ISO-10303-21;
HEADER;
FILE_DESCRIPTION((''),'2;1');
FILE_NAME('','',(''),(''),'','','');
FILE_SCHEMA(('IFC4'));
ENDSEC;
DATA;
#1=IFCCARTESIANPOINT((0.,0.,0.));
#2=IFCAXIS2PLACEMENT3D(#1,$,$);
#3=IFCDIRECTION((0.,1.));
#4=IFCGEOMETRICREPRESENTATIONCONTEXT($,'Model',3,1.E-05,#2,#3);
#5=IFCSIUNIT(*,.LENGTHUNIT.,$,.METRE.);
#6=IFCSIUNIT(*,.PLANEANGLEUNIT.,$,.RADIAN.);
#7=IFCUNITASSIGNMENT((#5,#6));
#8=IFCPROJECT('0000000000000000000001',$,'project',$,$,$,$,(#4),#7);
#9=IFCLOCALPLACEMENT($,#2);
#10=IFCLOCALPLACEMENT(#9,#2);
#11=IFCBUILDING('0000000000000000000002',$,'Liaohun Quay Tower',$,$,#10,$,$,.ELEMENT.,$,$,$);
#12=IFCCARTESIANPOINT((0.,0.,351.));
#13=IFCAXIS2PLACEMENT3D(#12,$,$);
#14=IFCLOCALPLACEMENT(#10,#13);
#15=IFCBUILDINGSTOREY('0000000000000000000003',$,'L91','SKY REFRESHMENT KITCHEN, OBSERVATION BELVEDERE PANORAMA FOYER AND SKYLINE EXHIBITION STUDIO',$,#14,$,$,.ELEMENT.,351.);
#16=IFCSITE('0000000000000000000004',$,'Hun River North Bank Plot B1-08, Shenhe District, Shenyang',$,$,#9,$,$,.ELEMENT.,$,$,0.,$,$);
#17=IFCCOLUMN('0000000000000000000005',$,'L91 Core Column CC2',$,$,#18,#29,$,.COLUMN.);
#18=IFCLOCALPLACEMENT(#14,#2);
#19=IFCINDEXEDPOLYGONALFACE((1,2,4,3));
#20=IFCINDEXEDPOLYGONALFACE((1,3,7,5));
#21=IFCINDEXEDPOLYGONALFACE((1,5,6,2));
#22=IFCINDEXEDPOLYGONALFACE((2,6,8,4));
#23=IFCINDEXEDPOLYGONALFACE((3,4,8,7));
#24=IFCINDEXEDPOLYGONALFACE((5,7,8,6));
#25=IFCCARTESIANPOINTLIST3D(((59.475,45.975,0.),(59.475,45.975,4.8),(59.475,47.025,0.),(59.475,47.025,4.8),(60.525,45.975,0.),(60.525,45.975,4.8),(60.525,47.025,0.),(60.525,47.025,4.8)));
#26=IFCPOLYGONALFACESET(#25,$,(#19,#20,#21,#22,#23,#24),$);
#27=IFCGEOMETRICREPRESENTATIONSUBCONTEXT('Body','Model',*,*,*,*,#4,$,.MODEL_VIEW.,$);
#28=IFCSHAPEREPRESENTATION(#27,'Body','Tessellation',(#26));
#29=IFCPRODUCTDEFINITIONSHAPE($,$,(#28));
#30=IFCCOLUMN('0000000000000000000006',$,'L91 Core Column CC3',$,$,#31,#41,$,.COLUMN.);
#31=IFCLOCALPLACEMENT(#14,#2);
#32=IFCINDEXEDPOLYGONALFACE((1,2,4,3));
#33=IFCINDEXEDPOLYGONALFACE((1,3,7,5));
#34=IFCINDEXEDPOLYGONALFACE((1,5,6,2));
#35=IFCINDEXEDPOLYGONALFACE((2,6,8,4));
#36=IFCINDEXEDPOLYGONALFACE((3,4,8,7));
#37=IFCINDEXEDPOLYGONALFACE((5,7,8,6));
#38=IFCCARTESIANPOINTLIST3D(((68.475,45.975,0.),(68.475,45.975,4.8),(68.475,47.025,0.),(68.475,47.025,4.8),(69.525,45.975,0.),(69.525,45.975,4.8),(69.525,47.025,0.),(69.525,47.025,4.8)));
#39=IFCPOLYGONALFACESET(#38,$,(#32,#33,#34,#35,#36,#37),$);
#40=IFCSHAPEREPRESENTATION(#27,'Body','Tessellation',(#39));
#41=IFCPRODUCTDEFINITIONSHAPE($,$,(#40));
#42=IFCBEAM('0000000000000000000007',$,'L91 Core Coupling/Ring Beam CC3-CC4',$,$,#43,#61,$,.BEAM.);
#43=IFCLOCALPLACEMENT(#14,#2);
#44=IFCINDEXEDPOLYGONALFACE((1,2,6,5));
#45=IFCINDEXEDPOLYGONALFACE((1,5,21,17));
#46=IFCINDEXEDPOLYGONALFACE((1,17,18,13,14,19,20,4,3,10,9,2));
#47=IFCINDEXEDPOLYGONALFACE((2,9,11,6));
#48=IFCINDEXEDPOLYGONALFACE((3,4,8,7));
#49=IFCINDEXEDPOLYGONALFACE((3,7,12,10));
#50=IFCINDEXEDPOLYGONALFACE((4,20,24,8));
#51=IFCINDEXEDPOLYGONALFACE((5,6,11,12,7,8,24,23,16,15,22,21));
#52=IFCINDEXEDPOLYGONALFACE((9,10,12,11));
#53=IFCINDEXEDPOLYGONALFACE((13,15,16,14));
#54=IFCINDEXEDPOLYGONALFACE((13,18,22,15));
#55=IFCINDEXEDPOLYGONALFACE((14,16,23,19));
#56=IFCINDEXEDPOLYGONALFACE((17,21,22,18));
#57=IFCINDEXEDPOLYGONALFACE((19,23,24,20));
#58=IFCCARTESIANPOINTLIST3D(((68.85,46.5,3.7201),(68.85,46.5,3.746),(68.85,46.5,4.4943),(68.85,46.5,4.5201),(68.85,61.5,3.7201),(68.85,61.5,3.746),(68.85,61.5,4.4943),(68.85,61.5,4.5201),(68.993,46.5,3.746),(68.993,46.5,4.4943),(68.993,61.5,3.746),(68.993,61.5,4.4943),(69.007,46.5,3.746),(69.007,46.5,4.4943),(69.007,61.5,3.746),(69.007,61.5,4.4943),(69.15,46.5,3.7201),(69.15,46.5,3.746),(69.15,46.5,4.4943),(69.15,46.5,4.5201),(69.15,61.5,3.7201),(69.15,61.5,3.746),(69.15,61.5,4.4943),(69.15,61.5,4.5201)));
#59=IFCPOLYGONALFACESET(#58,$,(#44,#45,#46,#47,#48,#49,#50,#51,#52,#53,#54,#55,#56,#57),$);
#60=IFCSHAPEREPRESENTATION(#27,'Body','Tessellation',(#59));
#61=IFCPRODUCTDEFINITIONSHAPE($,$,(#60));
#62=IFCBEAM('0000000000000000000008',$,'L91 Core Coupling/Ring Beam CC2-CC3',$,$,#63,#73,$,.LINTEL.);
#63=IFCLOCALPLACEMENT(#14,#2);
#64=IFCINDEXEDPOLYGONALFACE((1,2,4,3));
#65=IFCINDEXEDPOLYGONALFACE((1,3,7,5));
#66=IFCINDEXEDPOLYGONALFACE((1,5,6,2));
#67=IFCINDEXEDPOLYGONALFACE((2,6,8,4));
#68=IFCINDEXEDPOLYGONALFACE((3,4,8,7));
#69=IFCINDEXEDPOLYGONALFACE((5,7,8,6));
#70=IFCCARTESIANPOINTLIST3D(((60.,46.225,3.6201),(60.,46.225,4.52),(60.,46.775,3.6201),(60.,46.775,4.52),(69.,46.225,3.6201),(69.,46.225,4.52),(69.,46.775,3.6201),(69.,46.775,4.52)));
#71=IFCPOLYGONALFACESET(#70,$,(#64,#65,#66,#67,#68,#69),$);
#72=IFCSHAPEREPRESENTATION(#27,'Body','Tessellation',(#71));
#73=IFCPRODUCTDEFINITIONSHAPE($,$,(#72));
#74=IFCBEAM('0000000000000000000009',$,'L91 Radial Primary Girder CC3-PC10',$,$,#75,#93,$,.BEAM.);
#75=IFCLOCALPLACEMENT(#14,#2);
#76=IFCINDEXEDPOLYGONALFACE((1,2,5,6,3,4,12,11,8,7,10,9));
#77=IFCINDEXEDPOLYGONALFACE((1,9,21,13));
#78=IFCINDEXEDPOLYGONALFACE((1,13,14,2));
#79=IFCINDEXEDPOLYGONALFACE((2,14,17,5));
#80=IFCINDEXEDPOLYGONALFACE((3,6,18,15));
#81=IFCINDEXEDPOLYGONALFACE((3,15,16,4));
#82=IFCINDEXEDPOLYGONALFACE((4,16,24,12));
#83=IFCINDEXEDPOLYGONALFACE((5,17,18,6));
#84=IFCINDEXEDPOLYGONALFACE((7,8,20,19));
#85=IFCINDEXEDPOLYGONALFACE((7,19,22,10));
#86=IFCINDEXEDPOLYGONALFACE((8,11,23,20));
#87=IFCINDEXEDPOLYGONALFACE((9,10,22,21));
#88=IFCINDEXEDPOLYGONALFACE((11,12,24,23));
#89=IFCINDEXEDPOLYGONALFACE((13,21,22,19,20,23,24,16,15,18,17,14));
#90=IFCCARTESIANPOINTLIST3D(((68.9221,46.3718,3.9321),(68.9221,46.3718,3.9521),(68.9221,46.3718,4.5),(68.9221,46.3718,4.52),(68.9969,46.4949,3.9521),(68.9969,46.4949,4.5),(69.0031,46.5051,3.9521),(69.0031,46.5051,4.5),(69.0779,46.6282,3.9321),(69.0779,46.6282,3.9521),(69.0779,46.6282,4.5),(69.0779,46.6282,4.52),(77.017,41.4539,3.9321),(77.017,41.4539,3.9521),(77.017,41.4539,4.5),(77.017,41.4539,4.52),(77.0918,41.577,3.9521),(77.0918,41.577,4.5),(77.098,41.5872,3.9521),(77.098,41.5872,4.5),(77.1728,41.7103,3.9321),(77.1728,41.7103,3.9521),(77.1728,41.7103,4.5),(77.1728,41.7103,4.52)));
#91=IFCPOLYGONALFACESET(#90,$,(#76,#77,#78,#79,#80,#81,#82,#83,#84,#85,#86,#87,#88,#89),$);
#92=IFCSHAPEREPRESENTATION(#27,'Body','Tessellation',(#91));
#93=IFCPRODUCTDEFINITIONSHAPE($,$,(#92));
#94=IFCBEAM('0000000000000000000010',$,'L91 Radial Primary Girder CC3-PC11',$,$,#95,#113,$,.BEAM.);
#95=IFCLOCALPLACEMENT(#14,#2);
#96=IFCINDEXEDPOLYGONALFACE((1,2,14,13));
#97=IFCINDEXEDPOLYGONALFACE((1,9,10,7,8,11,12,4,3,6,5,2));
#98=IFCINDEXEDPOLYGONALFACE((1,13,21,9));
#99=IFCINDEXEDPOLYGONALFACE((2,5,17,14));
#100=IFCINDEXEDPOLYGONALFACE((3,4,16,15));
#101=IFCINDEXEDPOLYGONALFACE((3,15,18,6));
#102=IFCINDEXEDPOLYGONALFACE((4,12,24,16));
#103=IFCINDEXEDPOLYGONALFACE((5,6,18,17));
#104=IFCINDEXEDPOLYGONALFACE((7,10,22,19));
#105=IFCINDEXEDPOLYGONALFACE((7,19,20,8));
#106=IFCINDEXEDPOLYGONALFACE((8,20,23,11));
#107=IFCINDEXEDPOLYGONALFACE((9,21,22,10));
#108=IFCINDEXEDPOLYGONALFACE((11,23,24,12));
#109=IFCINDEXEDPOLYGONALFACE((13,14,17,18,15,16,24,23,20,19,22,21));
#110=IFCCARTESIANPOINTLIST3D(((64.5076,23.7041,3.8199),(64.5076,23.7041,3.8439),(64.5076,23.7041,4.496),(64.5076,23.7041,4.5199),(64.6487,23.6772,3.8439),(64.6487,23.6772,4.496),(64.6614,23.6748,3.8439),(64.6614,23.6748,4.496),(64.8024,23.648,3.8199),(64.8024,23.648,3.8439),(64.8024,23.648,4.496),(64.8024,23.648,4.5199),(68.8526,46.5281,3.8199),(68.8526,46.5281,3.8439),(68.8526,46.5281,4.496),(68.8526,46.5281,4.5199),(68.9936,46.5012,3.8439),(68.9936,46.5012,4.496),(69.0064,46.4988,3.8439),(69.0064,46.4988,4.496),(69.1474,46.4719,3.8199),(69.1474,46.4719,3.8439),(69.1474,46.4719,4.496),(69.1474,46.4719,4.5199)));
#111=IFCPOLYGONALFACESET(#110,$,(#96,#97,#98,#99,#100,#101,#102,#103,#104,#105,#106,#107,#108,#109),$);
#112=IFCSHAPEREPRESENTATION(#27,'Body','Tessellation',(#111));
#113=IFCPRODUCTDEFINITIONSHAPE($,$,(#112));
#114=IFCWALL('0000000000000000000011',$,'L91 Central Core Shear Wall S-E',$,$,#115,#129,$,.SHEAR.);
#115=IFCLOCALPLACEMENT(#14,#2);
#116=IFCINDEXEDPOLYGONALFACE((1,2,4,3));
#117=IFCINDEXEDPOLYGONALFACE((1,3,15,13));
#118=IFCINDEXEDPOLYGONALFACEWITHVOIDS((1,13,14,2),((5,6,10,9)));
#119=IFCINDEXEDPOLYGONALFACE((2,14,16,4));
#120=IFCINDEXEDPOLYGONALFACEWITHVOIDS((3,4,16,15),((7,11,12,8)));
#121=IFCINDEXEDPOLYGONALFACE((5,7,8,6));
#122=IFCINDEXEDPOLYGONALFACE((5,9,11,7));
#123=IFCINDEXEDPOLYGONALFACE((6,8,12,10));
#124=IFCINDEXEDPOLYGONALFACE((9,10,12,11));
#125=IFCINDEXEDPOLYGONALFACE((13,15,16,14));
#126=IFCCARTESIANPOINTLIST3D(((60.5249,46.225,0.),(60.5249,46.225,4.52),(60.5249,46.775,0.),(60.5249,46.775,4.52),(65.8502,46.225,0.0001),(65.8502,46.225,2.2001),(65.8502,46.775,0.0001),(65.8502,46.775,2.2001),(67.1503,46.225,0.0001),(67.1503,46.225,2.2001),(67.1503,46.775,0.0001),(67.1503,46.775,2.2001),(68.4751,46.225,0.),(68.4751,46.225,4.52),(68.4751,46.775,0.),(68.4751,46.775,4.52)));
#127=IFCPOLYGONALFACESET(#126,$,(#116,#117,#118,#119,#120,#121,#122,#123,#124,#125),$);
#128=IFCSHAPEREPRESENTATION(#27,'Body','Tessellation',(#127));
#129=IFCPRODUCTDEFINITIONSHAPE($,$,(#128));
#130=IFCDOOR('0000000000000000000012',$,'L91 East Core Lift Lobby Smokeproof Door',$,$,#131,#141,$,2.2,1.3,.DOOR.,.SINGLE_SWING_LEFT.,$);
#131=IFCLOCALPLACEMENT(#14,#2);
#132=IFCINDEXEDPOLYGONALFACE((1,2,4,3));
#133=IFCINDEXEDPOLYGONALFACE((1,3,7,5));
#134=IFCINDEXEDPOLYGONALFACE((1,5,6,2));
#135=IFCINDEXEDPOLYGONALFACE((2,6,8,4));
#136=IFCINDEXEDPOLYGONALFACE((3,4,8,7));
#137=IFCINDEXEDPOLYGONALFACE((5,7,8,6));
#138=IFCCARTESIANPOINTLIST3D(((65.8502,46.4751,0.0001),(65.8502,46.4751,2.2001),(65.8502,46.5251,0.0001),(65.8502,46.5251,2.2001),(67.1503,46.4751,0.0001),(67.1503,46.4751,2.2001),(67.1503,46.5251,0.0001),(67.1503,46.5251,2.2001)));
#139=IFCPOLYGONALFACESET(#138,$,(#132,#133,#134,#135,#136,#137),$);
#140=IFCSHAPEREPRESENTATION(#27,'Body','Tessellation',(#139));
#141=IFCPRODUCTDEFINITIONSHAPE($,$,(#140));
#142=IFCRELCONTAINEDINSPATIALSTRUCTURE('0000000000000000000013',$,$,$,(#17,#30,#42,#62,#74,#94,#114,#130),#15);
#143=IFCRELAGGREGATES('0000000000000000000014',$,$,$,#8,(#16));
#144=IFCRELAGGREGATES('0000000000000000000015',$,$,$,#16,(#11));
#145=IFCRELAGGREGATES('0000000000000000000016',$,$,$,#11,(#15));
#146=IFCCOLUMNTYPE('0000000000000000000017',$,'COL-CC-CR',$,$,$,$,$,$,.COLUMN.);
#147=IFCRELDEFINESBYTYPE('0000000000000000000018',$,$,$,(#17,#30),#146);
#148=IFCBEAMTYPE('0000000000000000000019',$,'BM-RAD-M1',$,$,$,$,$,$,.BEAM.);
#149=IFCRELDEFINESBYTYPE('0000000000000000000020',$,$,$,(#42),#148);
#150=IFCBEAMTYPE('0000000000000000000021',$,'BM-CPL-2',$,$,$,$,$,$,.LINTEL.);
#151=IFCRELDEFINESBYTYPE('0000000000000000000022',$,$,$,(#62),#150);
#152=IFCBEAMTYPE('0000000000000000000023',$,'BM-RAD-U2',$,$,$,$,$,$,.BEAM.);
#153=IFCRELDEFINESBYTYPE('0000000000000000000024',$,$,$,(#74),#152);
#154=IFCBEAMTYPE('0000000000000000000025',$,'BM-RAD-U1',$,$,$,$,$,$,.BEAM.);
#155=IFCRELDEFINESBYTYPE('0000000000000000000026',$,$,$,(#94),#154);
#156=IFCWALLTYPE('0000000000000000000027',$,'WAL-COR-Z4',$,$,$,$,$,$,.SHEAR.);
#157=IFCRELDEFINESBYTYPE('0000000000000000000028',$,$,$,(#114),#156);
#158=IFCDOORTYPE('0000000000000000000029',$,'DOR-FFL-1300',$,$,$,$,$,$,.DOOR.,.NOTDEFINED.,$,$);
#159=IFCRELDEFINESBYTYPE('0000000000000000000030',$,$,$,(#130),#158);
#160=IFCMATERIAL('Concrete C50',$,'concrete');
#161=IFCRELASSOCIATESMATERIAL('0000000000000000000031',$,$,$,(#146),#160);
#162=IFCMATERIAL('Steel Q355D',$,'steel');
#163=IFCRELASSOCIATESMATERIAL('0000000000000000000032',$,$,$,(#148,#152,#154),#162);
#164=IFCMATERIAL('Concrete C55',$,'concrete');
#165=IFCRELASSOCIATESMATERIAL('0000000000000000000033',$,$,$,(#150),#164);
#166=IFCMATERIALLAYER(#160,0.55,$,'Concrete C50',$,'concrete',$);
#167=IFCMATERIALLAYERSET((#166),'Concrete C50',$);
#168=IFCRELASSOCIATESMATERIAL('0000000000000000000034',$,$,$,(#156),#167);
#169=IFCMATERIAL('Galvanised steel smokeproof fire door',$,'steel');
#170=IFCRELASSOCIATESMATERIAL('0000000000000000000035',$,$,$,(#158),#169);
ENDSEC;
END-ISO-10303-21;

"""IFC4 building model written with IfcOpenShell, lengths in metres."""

from ifc_helpers import new_model, si_unit, direction, frame, frame_2d, origin, origin_2d, place, context, subcontext, project, spatial, rectangle, i_section, extrude, source, transform, mapped, material, layer, layer_set, material_profile, profile_set, type_object, element, fill, save


model = new_model("IFC4")

# Units and contexts
model_context = context("Model", 3, precision=1e-05, world=origin(), true_north=direction((0.0, 1.0)))
body_context = subcontext(model_context, "Body", "Model", "MODEL_VIEW")
ifc_project = project(units=[si_unit("LENGTHUNIT", "METRE"), si_unit("PLANEANGLEUNIT", "RADIAN")], contexts=[model_context])

# Site, building, storey
site_placement = place(None, origin())
site = spatial("IfcSite", under=ifc_project, at=site_placement, Name="Hun River North Bank Plot B1-08, Shenhe District, Shenyang", CompositionType="ELEMENT", RefElevation=0.0)
building_placement = place(site_placement, origin())
building = spatial("IfcBuilding", under=site, at=building_placement, Name="Liaohun Quay Tower", CompositionType="ELEMENT")
storey_placement = place(building_placement, frame((0.0, 0.0, 351.0)))
storey = spatial("IfcBuildingStorey", under=building, at=storey_placement, Name="L91", Description="SKY REFRESHMENT KITCHEN, OBSERVATION BELVEDERE PANORAMA FOYER AND SKYLINE EXHIBITION STUDIO", CompositionType="ELEMENT", Elevation=351.0)

# Columns
ifc_material_1 = material(Name="Concrete C50", Category="concrete")
ifc_material_profile_1 = material_profile(ifc_material_1, rectangle(XDim=1.05, YDim=1.05, at=origin_2d()), Name="RC1050x1050")
ifc_profile_set_1 = profile_set([ifc_material_profile_1], Name="Concrete C50")
column_type = type_object("IfcColumnType", Name="COL-CC-CR", PredefinedType="COLUMN", material=ifc_profile_set_1)
shared_shape_1 = source(origin(), body_context, "Body", "SweptSolid", [
    extrude(rectangle(XDim=1.05, YDim=1.05, at=origin_2d()), origin(), (0.0, 0.0, 1.0), 4.8),
])
for number, where, z_axis, x_axis, name in (
    (1, (60.0, 46.5, 0.0), (0.0, 0.0, 1.0), (1.0, 0.0, 0.0), "L91 Core Column CC2"),
    (2, (69.0, 46.5, 0.0), (0.0, 0.0, 1.0), (1.0, 0.0, 0.0), "L91 Core Column CC3"),
):
    element("IfcColumn", number, at=place(storey_placement, frame(where, z_axis=z_axis, x_axis=x_axis)), inside=storey, type_object=column_type, Name=name, PredefinedType="COLUMN", context=body_context, shape_type="MappedRepresentation", body=[
        mapped(shared_shape_1, transform((0.0, 0.0, 0.0), x_axis=(1.0, 0.0, 0.0), y_axis=(0.0, 1.0, 0.0), z_axis=(0.0, 0.0, 1.0), scale=1.0)),
    ])

# Beams
ifc_material_2 = material(Name="Steel Q355D", Category="steel")
ifc_material_profile_2 = material_profile(ifc_material_2, i_section(OverallWidth=0.3, OverallDepth=0.8, WebThickness=0.0139, FlangeThickness=0.0259, at=origin_2d()), Name="HN800x300x14x26")
ifc_profile_set_2 = profile_set([ifc_material_profile_2], Name="Steel Q355D")
beam_type_1 = type_object("IfcBeamType", Name="BM-RAD-M1", PredefinedType="BEAM", material=ifc_profile_set_2)
shared_shape_2 = source(origin(), body_context, "Body", "SweptSolid", [
    extrude(i_section(OverallWidth=0.3, OverallDepth=0.8, WebThickness=0.0139, FlangeThickness=0.0259, at=origin_2d()), origin(), (0.0, 0.0, 1.0), 15.0),
])
beam_1_placement = place(storey_placement, frame((69.0, 46.5, 4.1201), z_axis=(0.0, 1.0, 0.0), x_axis=(-1.0, 0.0, 0.0)))
element("IfcBeam", 3, at=beam_1_placement, inside=storey, type_object=beam_type_1, Name="L91 Core Coupling/Ring Beam CC3-CC4", PredefinedType="BEAM", context=body_context, shape_type="MappedRepresentation", body=[
    mapped(shared_shape_2, transform((0.0, 0.0, 0.0), x_axis=(1.0, 0.0, 0.0), y_axis=(0.0, 1.0, 0.0), z_axis=(0.0, 0.0, 1.0), scale=1.0)),
])
ifc_material_3 = material(Name="Concrete C55", Category="concrete")
ifc_material_profile_3 = material_profile(ifc_material_3, rectangle(XDim=0.55, YDim=0.8999, at=origin_2d()), Name="RC550x900")
ifc_profile_set_3 = profile_set([ifc_material_profile_3], Name="Concrete C55")
beam_type_2 = type_object("IfcBeamType", Name="BM-CPL-2", PredefinedType="LINTEL", material=ifc_profile_set_3)
shared_shape_3 = source(origin(), body_context, "Body", "SweptSolid", [
    extrude(rectangle(XDim=0.55, YDim=0.8999, at=origin_2d()), origin(), (0.0, 0.0, 1.0), 9.0),
])
beam_2_placement = place(storey_placement, frame((60.0, 46.5, 4.0701), z_axis=(1.0, 0.0, 0.0), x_axis=(0.0, 1.0, 0.0)))
element("IfcBeam", 4, at=beam_2_placement, inside=storey, type_object=beam_type_2, Name="L91 Core Coupling/Ring Beam CC2-CC3", PredefinedType="LINTEL", context=body_context, shape_type="MappedRepresentation", body=[
    mapped(shared_shape_3, transform((0.0, 0.0, 0.0), x_axis=(1.0, 0.0, 0.0), y_axis=(0.0, 1.0, 0.0), z_axis=(0.0, 0.0, 1.0), scale=1.0)),
])
ifc_material_profile_4 = material_profile(ifc_material_2, i_section(OverallWidth=0.3, OverallDepth=0.5879, WebThickness=0.012, FlangeThickness=0.02, at=origin_2d()), Name="HM588x300x12x20")
ifc_profile_set_4 = profile_set([ifc_material_profile_4], Name="Steel Q355D")
beam_type_3 = type_object("IfcBeamType", Name="BM-RAD-U2", PredefinedType="BEAM", material=ifc_profile_set_4)
shared_shape_4 = source(origin(), body_context, "Body", "SweptSolid", [
    extrude(i_section(OverallWidth=0.3, OverallDepth=0.5879, WebThickness=0.012, FlangeThickness=0.02, at=origin_2d()), origin(), (0.0, 0.0, 1.0), 9.4717),
])
beam_3_placement = place(storey_placement, frame((69.0, 46.5, 4.2261), z_axis=(0.854639, -0.519222, 0.0), x_axis=(0.519222, 0.854639, 0.0)))
element("IfcBeam", 5, at=beam_3_placement, inside=storey, type_object=beam_type_3, Name="L91 Radial Primary Girder CC3-PC10", PredefinedType="BEAM", context=body_context, shape_type="MappedRepresentation", body=[
    mapped(shared_shape_4, transform((0.0, 0.0, 0.0), x_axis=(1.0, 0.0, 0.0), y_axis=(0.0, 1.0, 0.0), z_axis=(0.0, 0.0, 1.0), scale=1.0)),
])
ifc_material_profile_5 = material_profile(ifc_material_2, i_section(OverallWidth=0.3, OverallDepth=0.7, WebThickness=0.0129, FlangeThickness=0.0239, at=origin_2d()), Name="HN700x300x13x24")
ifc_profile_set_5 = profile_set([ifc_material_profile_5], Name="Steel Q355D")
beam_type_4 = type_object("IfcBeamType", Name="BM-RAD-U1", PredefinedType="BEAM", material=ifc_profile_set_5)
shared_shape_5 = source(origin(), body_context, "Body", "SweptSolid", [
    extrude(i_section(OverallWidth=0.3, OverallDepth=0.7, WebThickness=0.0129, FlangeThickness=0.0239, at=origin_2d()), origin(), (0.0, 0.0, 1.0), 23.2339),
])
beam_4_placement = place(storey_placement, frame((69.0, 46.5, 4.1699), z_axis=(-0.18701, -0.982358, 0.0), x_axis=(0.982358, -0.18701, 0.0)))
element("IfcBeam", 6, at=beam_4_placement, inside=storey, type_object=beam_type_4, Name="L91 Radial Primary Girder CC3-PC11", PredefinedType="BEAM", context=body_context, shape_type="MappedRepresentation", body=[
    mapped(shared_shape_5, transform((0.0, 0.0, 0.0), x_axis=(1.0, 0.0, 0.0), y_axis=(0.0, 1.0, 0.0), z_axis=(0.0, 0.0, 1.0), scale=1.0)),
])

# Wall, opening, door
ifc_layer_1 = layer(ifc_material_1, 0.55, Name="Concrete C50", Category="concrete")
ifc_layer_set_1 = layer_set([ifc_layer_1], Name="Concrete C50")
wall_type_1 = type_object("IfcWallType", Name="WAL-COR-Z4", PredefinedType="SHEAR", material=ifc_layer_set_1)
wall_1_placement = place(storey_placement, frame((68.4751, 46.5, 0.0), z_axis=(0.0, 0.0, 1.0), x_axis=(-1.0, 0.0, 0.0)))
wall_1 = element("IfcWall", 7, at=wall_1_placement, inside=storey, type_object=wall_type_1, Name="L91 Central Core Shear Wall S-E", PredefinedType="SHEAR", context=body_context, shape_type="SweptSolid", body=[
    extrude(rectangle(XDim=7.9502, YDim=0.55, at=frame_2d((3.9751, 0.0))), origin(), (0.0, 0.0, 1.0), 4.52),
])
shared_shape_6 = source(origin(), body_context, "Body", "SweptSolid", [
    extrude(rectangle(XDim=1.3, YDim=2.2, at=frame_2d((0.6499, 1.1001))), frame((0.0, 0.2849, 0.0), z_axis=(0.0, -1.0, 0.0), x_axis=(1.0, 0.0, 0.0)), (0.0, 0.0, 1.0), 0.5701),
])
opening_1_placement = place(wall_1_placement, frame((1.325, 0.0, 0.0)))
opening_1 = element("IfcOpeningElement", 8, at=opening_1_placement, cuts=wall_1, PredefinedType="OPENING", context=body_context, shape_type="MappedRepresentation", body=[
    mapped(shared_shape_6, transform((0.0, 0.0, 0.0), x_axis=(1.0, 0.0, 0.0), y_axis=(0.0, 1.0, 0.0), z_axis=(0.0, 0.0, 1.0), scale=1.0)),
])
ifc_material_4 = material(Name="Galvanised steel smokeproof fire door", Category="steel")
door_type_1 = type_object("IfcDoorType", Name="DOR-FFL-1300", OperationType="NOTDEFINED", PredefinedType="DOOR", material=ifc_material_4)
shared_shape_7 = source(origin(), body_context, "Body", "SweptSolid", [
    extrude(rectangle(XDim=1.3, YDim=2.2, at=frame_2d((0.6499, 1.1001))), frame((0.0, 0.0249, 0.0), z_axis=(0.0, -1.0, 0.0), x_axis=(1.0, 0.0, 0.0)), (0.0, 0.0, 1.0), 0.05),
])
door_1_placement = place(opening_1_placement, origin())
door_1 = element("IfcDoor", 9, at=door_1_placement, inside=storey, type_object=door_type_1, Name="L91 East Core Lift Lobby Smokeproof Door", OperationType="SINGLE_SWING_LEFT", OverallHeight=2.2, OverallWidth=1.3, PredefinedType="DOOR", context=body_context, shape_type="MappedRepresentation", body=[
    mapped(shared_shape_7, transform((0.0, 0.0, 0.0), x_axis=(1.0, 0.0, 0.0), y_axis=(0.0, 1.0, 0.0), z_axis=(0.0, 0.0, 1.0), scale=1.0)),
])
fill(opening_1, door_1)

save(model, "model.ifc")
